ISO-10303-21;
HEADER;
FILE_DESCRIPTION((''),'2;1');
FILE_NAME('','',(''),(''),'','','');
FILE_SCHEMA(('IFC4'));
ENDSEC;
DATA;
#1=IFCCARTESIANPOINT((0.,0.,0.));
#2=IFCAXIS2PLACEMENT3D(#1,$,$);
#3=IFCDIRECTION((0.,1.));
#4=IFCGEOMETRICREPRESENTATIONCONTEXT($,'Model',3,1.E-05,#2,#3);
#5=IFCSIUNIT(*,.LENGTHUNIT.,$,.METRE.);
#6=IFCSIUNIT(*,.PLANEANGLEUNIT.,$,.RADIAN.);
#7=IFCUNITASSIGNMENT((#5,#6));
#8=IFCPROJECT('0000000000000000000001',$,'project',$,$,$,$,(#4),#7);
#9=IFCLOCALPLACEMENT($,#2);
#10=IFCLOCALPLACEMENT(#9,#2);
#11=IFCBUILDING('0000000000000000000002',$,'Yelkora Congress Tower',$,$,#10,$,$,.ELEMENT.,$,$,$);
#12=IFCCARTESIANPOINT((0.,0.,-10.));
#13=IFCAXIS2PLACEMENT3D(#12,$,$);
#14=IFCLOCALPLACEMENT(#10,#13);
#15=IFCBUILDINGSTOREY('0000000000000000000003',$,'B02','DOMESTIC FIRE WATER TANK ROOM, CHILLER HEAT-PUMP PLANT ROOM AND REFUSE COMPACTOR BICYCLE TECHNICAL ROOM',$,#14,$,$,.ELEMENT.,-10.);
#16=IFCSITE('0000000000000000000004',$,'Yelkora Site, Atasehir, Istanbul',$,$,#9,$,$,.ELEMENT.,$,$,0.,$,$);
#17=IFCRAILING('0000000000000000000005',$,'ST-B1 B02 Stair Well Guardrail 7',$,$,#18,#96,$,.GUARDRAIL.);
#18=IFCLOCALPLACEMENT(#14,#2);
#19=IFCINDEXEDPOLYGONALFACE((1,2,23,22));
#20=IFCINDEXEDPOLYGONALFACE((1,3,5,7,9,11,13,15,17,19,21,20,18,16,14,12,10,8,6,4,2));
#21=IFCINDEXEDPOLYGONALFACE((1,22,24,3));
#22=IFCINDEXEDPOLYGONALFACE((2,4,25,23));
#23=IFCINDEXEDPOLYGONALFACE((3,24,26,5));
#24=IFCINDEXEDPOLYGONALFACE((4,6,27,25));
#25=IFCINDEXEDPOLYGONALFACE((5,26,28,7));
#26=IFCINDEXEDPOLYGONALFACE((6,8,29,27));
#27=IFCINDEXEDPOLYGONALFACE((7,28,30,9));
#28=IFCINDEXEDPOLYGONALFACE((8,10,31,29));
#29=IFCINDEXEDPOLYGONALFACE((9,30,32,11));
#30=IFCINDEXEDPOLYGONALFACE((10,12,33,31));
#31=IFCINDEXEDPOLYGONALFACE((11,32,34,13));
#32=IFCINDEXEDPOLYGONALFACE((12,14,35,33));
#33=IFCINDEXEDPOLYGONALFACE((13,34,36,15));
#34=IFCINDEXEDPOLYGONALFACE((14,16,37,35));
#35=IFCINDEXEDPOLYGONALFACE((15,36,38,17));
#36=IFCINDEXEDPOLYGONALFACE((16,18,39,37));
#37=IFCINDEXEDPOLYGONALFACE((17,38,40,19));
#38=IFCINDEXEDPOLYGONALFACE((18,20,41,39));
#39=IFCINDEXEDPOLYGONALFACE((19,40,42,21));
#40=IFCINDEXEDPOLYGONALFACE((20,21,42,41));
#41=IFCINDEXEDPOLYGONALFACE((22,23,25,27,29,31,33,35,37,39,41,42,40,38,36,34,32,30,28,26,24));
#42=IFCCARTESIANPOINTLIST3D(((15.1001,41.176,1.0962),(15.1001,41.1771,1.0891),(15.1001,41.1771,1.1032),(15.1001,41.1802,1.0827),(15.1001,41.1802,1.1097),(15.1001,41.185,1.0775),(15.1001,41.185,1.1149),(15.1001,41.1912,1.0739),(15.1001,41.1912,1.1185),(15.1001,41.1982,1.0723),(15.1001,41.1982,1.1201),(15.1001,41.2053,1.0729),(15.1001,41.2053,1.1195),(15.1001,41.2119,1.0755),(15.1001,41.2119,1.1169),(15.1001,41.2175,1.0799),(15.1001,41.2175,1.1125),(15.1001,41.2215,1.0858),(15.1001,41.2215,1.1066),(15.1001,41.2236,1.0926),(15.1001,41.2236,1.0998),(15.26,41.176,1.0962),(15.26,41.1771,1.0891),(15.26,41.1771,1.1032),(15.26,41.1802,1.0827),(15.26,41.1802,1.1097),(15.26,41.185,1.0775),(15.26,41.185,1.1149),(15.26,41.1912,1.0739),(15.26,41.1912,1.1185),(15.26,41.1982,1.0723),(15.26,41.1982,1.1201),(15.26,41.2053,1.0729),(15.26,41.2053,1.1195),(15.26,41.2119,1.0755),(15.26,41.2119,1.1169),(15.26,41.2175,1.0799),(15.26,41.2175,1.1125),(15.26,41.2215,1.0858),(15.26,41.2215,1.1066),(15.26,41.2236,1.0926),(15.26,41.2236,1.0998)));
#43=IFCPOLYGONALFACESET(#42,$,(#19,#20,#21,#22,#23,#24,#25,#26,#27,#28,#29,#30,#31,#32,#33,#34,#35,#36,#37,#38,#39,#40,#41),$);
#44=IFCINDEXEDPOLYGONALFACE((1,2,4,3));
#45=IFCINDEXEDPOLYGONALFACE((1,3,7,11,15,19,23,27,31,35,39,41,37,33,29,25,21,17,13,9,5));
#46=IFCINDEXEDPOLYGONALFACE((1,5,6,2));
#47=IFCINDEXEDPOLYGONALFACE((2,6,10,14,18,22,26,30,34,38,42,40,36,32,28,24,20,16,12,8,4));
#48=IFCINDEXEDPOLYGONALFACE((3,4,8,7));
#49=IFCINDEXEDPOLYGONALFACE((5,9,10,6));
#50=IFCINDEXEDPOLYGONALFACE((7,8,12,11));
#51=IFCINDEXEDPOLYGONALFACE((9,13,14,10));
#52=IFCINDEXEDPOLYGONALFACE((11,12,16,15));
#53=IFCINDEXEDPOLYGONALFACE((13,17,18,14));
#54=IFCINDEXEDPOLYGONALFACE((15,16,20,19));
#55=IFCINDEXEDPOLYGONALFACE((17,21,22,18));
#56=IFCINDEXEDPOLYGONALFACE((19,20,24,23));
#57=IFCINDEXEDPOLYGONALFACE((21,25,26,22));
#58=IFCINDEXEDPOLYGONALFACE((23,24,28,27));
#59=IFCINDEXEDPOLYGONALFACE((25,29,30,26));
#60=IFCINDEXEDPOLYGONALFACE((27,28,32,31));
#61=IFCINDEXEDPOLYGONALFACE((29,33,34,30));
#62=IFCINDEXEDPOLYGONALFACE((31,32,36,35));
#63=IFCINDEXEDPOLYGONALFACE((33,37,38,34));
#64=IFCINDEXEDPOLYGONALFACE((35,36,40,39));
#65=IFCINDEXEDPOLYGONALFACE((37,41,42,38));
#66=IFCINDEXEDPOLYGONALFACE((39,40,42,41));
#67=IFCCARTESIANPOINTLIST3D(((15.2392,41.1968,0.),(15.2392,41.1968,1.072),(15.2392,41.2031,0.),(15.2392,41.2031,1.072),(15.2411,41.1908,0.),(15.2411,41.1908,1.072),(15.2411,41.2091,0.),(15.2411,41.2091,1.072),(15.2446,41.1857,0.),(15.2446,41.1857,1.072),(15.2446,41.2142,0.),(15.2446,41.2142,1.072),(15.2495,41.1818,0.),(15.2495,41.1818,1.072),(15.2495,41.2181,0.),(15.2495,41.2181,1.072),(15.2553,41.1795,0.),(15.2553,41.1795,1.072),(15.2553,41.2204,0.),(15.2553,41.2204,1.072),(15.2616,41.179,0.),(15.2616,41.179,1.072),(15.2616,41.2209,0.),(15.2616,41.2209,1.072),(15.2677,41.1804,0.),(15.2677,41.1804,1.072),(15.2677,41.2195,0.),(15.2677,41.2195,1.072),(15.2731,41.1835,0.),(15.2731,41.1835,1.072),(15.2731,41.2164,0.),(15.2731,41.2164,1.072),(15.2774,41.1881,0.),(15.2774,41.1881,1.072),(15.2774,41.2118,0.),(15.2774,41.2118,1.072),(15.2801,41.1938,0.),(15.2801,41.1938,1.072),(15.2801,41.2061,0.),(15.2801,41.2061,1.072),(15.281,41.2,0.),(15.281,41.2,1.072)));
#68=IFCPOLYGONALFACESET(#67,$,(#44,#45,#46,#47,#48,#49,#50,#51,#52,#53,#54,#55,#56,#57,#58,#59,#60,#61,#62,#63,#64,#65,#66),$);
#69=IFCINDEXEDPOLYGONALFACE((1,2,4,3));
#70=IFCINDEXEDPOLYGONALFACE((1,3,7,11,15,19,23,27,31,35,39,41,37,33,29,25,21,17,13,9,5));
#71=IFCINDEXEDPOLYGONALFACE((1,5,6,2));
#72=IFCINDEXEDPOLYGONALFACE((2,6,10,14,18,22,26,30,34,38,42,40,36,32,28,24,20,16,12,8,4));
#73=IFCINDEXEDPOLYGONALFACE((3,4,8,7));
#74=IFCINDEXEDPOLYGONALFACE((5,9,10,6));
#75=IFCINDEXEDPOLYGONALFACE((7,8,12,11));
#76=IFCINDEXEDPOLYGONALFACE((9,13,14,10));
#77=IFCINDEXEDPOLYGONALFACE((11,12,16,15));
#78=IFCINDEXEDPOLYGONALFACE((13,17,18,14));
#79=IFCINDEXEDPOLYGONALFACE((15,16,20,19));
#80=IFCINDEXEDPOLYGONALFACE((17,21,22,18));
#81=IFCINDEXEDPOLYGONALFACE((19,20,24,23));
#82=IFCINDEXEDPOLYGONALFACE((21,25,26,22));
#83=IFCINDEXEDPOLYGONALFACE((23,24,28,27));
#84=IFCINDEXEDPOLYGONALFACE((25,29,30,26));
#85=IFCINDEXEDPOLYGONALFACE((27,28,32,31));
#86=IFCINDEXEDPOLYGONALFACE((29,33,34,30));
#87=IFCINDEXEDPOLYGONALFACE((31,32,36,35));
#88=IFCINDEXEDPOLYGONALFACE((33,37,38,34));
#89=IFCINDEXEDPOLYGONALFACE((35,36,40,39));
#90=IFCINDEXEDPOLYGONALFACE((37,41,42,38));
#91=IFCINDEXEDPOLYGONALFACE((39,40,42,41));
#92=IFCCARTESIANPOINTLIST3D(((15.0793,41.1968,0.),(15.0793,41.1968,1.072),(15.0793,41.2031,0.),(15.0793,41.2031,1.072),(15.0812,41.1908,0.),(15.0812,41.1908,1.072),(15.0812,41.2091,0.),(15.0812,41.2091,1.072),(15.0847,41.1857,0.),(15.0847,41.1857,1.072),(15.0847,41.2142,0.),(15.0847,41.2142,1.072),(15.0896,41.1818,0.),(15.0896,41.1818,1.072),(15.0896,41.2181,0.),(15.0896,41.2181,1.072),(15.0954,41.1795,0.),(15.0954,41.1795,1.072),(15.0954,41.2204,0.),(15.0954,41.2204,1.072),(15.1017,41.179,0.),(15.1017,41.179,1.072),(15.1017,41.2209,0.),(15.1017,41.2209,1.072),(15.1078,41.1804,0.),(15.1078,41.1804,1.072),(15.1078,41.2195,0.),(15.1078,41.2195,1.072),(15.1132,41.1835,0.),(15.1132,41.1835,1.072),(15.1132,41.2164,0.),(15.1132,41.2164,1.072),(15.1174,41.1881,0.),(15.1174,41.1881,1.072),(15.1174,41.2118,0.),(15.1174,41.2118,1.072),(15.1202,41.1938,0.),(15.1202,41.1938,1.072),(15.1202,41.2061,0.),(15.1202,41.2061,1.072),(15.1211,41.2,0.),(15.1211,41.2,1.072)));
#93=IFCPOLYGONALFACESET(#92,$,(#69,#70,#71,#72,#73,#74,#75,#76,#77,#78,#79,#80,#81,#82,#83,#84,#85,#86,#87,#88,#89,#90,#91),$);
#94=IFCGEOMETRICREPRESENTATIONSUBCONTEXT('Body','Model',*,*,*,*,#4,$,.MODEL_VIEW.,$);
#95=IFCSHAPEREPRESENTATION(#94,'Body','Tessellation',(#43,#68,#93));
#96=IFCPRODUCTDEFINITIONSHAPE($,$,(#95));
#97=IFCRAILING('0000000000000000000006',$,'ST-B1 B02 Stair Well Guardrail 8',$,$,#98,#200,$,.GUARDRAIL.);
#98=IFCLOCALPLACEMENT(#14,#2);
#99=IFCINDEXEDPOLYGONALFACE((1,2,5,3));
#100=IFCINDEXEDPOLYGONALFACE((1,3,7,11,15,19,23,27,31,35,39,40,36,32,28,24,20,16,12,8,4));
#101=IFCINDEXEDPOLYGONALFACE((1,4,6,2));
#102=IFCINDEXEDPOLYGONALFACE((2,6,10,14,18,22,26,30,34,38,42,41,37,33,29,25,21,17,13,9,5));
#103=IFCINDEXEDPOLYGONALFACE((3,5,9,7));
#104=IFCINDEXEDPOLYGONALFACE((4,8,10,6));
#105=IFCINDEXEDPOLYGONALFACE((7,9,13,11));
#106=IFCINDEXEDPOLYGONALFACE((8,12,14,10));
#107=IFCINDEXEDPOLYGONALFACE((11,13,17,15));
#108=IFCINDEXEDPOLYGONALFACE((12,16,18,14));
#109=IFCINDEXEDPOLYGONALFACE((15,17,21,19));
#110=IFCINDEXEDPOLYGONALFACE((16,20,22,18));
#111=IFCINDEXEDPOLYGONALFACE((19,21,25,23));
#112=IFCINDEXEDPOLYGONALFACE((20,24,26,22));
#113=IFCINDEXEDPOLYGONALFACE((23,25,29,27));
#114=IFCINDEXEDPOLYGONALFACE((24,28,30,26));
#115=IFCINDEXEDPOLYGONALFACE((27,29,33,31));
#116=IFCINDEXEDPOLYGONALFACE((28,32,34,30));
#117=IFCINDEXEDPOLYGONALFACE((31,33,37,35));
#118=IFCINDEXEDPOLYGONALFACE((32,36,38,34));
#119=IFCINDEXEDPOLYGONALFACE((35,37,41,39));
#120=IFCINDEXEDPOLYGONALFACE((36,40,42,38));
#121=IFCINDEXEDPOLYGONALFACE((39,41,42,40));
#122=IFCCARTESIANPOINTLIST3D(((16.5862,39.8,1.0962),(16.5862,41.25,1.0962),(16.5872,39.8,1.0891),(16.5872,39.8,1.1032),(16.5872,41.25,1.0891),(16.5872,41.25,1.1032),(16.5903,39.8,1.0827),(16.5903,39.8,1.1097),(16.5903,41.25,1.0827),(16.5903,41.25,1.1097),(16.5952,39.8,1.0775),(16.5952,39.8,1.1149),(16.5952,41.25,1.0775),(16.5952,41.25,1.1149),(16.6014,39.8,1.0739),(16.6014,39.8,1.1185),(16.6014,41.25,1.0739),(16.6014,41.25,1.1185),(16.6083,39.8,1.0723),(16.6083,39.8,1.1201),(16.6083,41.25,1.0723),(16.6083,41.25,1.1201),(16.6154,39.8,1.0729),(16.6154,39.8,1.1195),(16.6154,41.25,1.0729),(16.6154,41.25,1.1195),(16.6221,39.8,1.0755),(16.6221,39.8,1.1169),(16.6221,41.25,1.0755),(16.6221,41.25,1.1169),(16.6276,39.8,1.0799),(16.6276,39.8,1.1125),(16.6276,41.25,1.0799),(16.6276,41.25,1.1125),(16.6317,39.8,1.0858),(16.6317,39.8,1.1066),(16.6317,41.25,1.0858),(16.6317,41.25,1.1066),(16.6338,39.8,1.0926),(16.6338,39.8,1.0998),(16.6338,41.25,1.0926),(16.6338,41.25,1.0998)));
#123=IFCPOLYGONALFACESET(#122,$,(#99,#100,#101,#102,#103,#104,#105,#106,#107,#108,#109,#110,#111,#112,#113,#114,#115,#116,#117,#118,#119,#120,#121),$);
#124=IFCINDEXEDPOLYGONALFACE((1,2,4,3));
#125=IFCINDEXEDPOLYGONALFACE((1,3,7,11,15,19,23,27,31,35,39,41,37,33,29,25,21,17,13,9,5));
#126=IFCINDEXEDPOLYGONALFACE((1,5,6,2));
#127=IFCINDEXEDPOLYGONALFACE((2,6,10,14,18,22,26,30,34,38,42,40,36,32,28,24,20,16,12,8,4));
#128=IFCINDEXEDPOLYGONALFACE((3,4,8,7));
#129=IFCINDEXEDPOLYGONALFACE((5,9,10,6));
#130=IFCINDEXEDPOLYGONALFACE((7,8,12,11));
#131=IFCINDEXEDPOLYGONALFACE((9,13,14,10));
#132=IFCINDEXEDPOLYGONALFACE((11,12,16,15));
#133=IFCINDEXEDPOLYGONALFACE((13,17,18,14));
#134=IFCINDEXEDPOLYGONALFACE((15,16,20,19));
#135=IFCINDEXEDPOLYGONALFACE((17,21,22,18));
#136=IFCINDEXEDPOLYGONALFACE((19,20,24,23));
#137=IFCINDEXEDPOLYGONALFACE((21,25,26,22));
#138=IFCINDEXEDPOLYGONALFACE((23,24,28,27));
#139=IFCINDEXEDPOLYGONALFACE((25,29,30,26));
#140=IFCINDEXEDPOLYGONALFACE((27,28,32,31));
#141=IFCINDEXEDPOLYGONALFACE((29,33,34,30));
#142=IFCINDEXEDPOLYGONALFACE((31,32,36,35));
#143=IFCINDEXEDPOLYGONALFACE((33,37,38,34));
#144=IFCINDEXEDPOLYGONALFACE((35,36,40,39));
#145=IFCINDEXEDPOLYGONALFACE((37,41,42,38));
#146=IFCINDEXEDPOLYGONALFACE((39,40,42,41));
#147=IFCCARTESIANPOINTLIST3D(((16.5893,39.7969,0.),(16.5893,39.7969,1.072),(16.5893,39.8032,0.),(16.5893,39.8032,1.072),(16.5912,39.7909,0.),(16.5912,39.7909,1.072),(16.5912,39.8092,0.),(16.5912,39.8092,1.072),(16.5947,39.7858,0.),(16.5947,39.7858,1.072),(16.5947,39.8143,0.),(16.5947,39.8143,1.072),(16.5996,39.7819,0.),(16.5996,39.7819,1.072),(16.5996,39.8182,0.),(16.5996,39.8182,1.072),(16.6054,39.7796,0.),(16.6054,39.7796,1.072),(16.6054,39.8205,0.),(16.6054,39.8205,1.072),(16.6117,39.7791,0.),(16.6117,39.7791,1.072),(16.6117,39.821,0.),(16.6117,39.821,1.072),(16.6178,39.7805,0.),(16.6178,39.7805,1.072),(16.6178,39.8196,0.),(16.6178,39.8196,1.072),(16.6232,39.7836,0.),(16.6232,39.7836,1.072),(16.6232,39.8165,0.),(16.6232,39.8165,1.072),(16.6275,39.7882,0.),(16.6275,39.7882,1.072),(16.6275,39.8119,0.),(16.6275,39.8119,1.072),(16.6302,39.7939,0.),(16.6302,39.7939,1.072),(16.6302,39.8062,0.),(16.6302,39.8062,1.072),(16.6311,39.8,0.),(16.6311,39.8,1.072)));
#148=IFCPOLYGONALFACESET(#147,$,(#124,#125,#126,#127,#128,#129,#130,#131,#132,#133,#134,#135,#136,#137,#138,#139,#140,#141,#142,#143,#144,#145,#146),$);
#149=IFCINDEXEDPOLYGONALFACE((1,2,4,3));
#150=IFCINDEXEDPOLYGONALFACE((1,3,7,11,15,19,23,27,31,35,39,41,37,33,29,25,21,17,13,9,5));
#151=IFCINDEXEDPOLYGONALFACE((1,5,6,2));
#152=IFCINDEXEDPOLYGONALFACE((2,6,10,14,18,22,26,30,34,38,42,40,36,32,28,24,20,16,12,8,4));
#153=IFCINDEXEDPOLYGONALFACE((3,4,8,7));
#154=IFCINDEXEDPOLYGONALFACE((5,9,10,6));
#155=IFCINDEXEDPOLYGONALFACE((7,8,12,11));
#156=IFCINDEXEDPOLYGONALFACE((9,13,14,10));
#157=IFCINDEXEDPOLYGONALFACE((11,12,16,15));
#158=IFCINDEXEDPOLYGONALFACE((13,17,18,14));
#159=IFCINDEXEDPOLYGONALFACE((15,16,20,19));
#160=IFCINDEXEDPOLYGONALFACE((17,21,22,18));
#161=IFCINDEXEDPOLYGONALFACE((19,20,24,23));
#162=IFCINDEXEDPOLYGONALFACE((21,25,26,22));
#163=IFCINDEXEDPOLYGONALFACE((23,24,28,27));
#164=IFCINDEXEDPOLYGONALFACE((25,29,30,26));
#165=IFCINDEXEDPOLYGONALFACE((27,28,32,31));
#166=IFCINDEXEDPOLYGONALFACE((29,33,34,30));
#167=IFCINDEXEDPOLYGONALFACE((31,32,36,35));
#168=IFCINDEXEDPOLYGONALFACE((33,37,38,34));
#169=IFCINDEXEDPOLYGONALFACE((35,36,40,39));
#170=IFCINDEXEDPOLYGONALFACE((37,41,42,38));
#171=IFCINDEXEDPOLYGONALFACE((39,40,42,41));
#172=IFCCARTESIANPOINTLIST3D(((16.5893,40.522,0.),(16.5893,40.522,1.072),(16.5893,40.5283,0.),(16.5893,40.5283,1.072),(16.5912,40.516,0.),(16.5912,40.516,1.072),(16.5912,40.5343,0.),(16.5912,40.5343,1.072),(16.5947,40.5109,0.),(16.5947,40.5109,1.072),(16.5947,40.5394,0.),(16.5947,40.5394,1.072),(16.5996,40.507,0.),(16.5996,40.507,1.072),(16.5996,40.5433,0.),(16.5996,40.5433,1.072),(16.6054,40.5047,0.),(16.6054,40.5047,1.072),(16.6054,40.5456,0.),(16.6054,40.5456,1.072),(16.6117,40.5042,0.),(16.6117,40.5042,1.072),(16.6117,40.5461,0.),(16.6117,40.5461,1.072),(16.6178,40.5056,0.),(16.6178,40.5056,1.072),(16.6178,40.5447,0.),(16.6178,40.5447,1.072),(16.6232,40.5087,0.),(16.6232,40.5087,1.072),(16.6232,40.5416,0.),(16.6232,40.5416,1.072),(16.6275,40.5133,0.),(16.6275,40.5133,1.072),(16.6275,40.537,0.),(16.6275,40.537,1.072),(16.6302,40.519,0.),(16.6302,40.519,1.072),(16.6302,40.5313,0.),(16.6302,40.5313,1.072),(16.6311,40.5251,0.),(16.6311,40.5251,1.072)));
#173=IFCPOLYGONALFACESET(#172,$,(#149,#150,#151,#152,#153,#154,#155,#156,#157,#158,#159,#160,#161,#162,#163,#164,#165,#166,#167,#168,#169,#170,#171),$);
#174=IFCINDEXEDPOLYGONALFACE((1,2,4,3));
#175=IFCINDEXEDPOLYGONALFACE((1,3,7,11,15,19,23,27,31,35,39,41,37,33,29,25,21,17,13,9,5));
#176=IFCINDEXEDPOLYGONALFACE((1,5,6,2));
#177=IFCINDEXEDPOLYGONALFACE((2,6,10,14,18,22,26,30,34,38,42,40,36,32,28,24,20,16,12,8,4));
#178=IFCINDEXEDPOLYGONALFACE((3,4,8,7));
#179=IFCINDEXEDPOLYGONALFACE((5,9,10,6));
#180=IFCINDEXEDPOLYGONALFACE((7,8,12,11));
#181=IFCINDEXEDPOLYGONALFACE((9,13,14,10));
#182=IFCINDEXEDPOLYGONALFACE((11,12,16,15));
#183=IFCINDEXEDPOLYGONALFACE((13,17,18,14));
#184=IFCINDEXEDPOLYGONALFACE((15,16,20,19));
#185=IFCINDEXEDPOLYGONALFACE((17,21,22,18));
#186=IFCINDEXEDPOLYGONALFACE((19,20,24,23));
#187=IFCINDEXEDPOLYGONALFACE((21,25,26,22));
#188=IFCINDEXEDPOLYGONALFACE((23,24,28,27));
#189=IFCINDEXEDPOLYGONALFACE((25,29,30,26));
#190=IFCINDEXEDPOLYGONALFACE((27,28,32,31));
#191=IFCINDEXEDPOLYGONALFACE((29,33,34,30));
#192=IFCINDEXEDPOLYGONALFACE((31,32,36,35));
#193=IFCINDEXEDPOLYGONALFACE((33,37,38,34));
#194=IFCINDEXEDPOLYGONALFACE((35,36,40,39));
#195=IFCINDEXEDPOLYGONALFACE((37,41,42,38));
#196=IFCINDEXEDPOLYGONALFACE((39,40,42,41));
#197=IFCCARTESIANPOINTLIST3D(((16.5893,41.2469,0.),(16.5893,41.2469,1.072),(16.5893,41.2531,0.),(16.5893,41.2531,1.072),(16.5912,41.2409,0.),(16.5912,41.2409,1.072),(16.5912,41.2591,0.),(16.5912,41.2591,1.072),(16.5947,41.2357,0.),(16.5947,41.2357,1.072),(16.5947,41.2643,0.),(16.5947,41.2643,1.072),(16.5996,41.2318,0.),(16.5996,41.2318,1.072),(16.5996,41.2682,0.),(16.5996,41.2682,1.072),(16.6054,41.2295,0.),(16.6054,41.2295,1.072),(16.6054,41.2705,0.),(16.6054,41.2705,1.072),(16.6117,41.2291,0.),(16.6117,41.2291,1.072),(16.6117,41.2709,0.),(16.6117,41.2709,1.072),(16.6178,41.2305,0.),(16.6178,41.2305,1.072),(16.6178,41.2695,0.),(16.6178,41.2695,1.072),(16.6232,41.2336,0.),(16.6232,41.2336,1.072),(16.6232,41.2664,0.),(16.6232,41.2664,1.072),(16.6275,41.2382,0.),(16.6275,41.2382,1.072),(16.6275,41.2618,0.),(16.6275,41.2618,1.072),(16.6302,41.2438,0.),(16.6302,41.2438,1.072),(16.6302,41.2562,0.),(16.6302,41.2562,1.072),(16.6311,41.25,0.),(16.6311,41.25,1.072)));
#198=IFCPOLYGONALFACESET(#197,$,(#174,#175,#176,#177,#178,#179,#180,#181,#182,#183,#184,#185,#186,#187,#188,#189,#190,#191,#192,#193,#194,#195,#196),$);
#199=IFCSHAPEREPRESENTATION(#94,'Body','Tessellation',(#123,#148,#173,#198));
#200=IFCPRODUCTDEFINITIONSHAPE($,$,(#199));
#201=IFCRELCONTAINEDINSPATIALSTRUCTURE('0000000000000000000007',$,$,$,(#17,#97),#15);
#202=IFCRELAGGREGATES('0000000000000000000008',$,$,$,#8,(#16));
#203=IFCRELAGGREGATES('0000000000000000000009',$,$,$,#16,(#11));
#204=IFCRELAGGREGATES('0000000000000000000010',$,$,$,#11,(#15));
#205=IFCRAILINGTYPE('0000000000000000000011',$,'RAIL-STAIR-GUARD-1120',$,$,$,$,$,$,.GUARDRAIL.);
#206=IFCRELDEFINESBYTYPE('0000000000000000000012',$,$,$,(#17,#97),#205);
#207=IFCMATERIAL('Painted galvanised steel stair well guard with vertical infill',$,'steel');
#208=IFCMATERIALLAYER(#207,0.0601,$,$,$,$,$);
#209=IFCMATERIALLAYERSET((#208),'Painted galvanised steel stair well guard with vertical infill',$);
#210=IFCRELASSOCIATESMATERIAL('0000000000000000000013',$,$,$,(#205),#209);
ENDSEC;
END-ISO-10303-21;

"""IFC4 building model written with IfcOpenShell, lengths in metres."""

from ifc_helpers import new_model, si_unit, direction, frame, origin, origin_2d, place, context, subcontext, project, spatial, circle, extrude, material, layer, layer_set, type_object, element, save


model = new_model("IFC4")

# Units and contexts
model_context = context("Model", 3, precision=1e-05, world=origin(), true_north=direction((0.0, 1.0)))
body_context = subcontext(model_context, "Body", "Model", "MODEL_VIEW")
ifc_project = project(units=[si_unit("LENGTHUNIT", "METRE"), si_unit("PLANEANGLEUNIT", "RADIAN")], contexts=[model_context])

# Site, building, storey
site_placement = place(None, origin())
site = spatial("IfcSite", under=ifc_project, at=site_placement, Name="Yelkora Site, Atasehir, Istanbul", CompositionType="ELEMENT", RefElevation=0.0)
building_placement = place(site_placement, origin())
building = spatial("IfcBuilding", under=site, at=building_placement, Name="Yelkora Congress Tower", CompositionType="ELEMENT")
storey_placement = place(building_placement, frame((0.0, 0.0, -10.0)))
storey = spatial("IfcBuildingStorey", under=building, at=storey_placement, Name="B02", Description="DOMESTIC FIRE WATER TANK ROOM, CHILLER HEAT-PUMP PLANT ROOM AND REFUSE COMPACTOR BICYCLE TECHNICAL ROOM", CompositionType="ELEMENT", Elevation=-10.0)

# Railings
ifc_material_1 = material(Name="Painted galvanised steel stair well guard with vertical infill", Category="steel")
ifc_layer_1 = layer(ifc_material_1, 0.0601)
ifc_layer_set_1 = layer_set([ifc_layer_1], Name="Painted galvanised steel stair well guard with vertical infill")
railing_type_1 = type_object("IfcRailingType", Name="RAIL-STAIR-GUARD-1120", PredefinedType="GUARDRAIL", material=ifc_layer_set_1)
railing_1_placement = place(storey_placement, frame((15.26, 41.2, 0.0)))
element("IfcRailing", 1, at=railing_1_placement, inside=storey, type_object=railing_type_1, Name="ST-B1 B02 Stair Well Guardrail 7", PredefinedType="GUARDRAIL", context=body_context, shape_type="SweptSolid", body=[
    extrude(circle(Radius=0.0239, at=origin_2d()), frame((0.0, 0.0, 1.0962), z_axis=(-1.0, 0.0, 0.0), x_axis=(0.0, -1.0, 0.0)), (0.0, 0.0, 1.0), 0.1599),
    extrude(circle(Radius=0.021, at=origin_2d()), origin(), (0.0, 0.0, 1.0), 1.072),
    extrude(circle(Radius=0.021, at=origin_2d()), frame((-0.1599, 0.0, 0.0)), (0.0, 0.0, 1.0), 1.072),
])
for number, where, name in (
    (2, (16.6101, 39.8, 0.0), "ST-B1 B02 Stair Well Guardrail 8"),
):
    element("IfcRailing", number, at=place(storey_placement, frame(where)), inside=storey, type_object=railing_type_1, Name=name, PredefinedType="GUARDRAIL", context=body_context, shape_type="SweptSolid", body=[
        extrude(circle(Radius=0.0239, at=origin_2d()), frame((0.0, 0.0, 1.0962), z_axis=(0.0, 1.0, 0.0), x_axis=(-1.0, 0.0, 0.0)), (0.0, 0.0, 1.0), 1.45),
        extrude(circle(Radius=0.021, at=origin_2d()), origin(), (0.0, 0.0, 1.0), 1.072),
        extrude(circle(Radius=0.021, at=origin_2d()), frame((0.0, 0.7251, 0.0)), (0.0, 0.0, 1.0), 1.072),
        extrude(circle(Radius=0.021, at=origin_2d()), frame((0.0, 1.45, 0.0)), (0.0, 0.0, 1.0), 1.072),
    ])

save(model, "model.ifc")
